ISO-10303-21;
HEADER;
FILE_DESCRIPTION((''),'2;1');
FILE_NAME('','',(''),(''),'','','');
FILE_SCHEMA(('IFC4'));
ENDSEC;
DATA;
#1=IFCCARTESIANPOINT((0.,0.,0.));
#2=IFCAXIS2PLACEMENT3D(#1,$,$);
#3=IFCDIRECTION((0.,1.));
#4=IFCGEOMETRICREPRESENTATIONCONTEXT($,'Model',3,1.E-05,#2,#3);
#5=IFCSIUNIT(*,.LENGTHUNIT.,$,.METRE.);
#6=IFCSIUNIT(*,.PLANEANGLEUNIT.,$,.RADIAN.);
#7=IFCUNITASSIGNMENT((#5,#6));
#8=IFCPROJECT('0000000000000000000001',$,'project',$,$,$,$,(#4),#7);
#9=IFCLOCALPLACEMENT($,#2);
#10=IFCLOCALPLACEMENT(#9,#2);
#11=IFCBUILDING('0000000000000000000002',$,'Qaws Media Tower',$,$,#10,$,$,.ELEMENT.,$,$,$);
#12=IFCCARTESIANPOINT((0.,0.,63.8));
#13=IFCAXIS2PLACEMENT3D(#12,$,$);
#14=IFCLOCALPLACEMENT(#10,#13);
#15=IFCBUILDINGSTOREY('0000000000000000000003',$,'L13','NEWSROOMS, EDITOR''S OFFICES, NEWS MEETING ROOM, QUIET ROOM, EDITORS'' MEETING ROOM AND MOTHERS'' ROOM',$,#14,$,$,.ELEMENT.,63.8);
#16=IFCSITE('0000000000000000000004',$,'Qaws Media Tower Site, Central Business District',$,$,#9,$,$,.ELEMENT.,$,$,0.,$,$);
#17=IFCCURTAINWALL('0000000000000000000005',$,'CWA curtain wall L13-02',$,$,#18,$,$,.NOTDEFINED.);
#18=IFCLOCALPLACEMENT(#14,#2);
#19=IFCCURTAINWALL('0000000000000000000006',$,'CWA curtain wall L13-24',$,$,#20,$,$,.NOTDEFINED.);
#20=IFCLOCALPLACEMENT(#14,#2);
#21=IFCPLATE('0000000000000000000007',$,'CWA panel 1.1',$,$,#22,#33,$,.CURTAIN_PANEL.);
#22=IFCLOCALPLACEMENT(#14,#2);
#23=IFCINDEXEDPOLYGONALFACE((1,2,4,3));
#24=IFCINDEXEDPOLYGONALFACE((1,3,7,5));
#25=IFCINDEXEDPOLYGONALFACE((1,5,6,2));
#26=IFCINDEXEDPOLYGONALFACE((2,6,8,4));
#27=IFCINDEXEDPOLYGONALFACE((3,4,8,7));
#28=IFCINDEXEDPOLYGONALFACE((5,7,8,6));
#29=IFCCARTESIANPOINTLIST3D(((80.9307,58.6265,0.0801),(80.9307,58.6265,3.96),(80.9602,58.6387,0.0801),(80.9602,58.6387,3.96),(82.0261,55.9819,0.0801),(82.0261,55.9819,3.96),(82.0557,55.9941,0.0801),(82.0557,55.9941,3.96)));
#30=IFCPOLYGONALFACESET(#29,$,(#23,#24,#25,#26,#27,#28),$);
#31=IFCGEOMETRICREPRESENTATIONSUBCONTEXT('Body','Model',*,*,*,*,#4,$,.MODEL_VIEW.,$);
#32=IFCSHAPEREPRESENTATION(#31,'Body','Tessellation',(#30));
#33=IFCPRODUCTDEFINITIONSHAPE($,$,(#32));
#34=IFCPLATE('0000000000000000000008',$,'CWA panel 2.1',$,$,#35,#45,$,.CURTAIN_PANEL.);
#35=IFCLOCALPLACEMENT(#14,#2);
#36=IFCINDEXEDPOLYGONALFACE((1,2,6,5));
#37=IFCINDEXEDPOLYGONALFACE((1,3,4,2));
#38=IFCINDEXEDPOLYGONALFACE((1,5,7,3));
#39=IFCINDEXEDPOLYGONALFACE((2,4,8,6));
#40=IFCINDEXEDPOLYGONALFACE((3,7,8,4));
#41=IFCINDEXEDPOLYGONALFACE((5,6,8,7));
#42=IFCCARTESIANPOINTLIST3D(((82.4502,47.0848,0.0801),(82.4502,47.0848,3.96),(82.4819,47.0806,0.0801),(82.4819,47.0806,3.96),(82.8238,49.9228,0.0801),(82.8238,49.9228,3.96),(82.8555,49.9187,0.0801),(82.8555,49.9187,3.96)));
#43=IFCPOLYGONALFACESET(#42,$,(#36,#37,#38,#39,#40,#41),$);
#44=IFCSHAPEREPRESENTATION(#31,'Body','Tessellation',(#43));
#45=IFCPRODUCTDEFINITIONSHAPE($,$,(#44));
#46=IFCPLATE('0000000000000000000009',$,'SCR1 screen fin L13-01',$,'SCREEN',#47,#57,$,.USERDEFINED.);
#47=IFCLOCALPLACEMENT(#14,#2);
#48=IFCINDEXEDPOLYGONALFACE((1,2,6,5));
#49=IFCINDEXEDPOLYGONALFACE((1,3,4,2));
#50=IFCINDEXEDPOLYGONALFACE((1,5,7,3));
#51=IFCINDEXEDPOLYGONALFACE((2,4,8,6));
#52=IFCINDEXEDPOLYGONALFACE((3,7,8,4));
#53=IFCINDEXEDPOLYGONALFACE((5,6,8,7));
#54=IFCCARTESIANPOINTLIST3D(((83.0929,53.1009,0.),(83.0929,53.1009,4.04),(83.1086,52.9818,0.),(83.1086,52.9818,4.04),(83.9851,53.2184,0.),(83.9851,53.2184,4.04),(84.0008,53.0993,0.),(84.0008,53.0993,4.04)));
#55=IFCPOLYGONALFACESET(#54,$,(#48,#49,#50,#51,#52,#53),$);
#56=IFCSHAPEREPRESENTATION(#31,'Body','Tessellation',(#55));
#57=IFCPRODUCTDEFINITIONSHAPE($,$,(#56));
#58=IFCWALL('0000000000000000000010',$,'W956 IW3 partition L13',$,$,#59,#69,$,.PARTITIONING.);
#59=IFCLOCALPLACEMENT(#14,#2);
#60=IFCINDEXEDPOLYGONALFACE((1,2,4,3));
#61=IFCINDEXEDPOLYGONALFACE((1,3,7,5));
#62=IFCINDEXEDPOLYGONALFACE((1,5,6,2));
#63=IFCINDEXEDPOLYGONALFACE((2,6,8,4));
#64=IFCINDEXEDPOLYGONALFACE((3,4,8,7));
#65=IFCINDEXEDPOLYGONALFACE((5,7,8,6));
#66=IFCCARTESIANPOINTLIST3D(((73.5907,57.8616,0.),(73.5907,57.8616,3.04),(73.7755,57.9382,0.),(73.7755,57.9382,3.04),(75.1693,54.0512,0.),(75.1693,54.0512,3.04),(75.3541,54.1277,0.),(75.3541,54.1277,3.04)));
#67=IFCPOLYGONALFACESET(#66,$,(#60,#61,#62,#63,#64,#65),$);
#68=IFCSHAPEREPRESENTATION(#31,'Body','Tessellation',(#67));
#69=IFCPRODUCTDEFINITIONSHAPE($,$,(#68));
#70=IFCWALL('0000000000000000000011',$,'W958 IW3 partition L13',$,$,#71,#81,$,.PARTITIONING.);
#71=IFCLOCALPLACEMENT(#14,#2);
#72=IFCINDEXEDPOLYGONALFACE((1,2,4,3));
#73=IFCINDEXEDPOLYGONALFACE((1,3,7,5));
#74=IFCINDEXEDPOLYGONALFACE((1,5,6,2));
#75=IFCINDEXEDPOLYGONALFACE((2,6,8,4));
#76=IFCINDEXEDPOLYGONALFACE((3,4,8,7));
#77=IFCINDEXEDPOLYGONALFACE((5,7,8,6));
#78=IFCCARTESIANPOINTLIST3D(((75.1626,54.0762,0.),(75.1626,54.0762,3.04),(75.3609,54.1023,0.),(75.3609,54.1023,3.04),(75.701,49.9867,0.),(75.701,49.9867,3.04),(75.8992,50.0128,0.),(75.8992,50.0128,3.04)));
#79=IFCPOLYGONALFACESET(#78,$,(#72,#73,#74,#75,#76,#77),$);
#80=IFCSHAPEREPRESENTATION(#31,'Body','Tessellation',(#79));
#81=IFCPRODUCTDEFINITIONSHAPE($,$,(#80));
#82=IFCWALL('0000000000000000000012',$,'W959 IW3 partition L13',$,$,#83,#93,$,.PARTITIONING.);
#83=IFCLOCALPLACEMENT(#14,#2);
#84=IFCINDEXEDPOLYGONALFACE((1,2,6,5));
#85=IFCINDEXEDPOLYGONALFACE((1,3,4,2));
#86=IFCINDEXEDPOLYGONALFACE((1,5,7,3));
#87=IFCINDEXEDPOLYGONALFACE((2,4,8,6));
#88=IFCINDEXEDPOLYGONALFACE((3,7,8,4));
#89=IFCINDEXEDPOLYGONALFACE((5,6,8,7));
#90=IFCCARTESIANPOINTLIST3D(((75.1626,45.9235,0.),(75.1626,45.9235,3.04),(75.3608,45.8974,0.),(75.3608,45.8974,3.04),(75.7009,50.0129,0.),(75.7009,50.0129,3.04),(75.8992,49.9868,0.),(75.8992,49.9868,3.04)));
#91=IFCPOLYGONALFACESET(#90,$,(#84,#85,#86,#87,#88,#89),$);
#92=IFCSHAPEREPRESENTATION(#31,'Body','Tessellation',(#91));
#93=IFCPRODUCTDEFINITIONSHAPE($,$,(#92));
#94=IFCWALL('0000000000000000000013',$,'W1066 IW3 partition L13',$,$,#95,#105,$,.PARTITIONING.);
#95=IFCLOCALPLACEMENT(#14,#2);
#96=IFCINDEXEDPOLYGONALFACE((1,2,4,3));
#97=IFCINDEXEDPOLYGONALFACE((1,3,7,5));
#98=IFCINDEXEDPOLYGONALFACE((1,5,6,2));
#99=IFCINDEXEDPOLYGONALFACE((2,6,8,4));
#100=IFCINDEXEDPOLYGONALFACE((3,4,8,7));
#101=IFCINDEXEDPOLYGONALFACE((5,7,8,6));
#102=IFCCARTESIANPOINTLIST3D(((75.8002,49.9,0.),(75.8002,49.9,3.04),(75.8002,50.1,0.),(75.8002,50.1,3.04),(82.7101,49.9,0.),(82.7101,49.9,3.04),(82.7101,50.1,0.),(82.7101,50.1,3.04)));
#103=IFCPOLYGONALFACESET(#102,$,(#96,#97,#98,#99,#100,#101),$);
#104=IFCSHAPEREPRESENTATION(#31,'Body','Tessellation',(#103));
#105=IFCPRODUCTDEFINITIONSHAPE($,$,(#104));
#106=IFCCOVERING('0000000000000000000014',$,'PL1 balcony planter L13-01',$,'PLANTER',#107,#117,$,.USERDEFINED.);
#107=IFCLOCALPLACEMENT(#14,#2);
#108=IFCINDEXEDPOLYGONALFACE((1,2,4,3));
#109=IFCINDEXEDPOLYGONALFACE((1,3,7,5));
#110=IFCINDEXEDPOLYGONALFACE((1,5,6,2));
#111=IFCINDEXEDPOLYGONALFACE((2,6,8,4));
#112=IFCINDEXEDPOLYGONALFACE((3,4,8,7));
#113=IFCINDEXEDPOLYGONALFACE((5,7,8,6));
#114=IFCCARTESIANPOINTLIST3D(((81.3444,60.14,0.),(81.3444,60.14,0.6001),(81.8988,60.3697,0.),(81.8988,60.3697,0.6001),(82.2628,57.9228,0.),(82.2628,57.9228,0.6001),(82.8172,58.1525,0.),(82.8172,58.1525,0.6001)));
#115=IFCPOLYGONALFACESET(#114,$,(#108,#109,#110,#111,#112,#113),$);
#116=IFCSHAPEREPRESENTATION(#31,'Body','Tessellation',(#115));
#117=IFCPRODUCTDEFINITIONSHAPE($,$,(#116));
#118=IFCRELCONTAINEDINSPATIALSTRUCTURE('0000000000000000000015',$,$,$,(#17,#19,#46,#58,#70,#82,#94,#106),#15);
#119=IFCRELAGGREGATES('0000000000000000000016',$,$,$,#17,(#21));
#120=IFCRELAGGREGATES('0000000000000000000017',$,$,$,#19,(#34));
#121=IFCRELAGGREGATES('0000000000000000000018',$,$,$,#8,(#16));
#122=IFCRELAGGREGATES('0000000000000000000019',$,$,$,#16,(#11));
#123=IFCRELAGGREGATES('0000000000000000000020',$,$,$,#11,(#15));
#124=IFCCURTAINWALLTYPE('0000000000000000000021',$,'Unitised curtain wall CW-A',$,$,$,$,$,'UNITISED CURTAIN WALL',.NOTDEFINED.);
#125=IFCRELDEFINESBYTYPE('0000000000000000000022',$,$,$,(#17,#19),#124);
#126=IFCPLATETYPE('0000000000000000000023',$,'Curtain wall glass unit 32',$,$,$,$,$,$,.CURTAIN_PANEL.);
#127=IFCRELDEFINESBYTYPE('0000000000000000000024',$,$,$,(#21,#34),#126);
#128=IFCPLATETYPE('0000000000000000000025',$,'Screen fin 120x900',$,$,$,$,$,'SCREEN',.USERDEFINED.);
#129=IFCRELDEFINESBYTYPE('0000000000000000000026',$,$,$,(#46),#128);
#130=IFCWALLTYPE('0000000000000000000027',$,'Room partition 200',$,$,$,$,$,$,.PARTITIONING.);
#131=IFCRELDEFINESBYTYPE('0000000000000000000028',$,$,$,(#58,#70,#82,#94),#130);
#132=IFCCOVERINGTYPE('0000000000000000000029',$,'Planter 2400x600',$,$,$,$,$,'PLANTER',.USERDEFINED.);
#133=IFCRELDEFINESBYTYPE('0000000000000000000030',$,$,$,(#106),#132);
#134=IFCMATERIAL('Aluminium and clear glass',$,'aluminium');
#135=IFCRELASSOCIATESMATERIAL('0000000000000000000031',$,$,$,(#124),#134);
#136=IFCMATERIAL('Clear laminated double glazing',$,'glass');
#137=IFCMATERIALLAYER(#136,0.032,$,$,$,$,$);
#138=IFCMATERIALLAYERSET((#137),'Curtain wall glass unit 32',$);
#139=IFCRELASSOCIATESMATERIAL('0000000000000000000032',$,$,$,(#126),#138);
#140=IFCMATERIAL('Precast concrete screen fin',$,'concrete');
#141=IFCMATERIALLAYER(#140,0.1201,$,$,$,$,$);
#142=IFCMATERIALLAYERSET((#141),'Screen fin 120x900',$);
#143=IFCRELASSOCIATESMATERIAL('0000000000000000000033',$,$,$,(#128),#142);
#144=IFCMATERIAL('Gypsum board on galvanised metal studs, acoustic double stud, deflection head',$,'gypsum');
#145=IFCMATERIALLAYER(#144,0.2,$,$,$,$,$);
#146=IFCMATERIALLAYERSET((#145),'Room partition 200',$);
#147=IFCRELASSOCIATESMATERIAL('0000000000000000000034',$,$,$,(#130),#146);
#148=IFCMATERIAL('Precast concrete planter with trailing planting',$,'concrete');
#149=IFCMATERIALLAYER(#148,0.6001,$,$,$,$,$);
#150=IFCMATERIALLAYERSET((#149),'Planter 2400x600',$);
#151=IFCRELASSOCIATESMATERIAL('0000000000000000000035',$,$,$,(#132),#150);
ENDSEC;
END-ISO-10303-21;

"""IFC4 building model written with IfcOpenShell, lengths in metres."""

from ifc_helpers import new_model, si_unit, direction, frame, frame_2d, origin, origin_2d, place, context, subcontext, project, spatial, rectangle, extrude, material, layer, layer_set, type_object, element, aggregate, save


model = new_model("IFC4")

# Units and contexts
model_context = context("Model", 3, precision=1e-05, world=origin(), true_north=direction((0.0, 1.0)))
body_context = subcontext(model_context, "Body", "Model", "MODEL_VIEW")
ifc_project = project(units=[si_unit("LENGTHUNIT", "METRE"), si_unit("PLANEANGLEUNIT", "RADIAN")], contexts=[model_context])

# Site, building, storey
site_placement = place(None, origin())
site = spatial("IfcSite", under=ifc_project, at=site_placement, Name="Qaws Media Tower Site, Central Business District", CompositionType="ELEMENT", RefElevation=0.0)
building_placement = place(site_placement, origin())
building = spatial("IfcBuilding", under=site, at=building_placement, Name="Qaws Media Tower", CompositionType="ELEMENT")
storey_placement = place(building_placement, frame((0.0, 0.0, 63.8)))
storey = spatial("IfcBuildingStorey", under=building, at=storey_placement, Name="L13", Description="NEWSROOMS, EDITOR'S OFFICES, NEWS MEETING ROOM, QUIET ROOM, EDITORS' MEETING ROOM AND MOTHERS' ROOM", CompositionType="ELEMENT", Elevation=63.8)

# Curtain wall
ifc_material_1 = material(Name="Aluminium and clear glass", Category="aluminium")
curtain_wall_type = type_object("IfcCurtainWallType", Name="Unitised curtain wall CW-A", ElementType="UNITISED CURTAIN WALL", PredefinedType="NOTDEFINED", material=ifc_material_1)
curtain_wall_1_placement = place(storey_placement, origin())
curtain_wall_1 = element("IfcCurtainWall", 1, at=curtain_wall_1_placement, inside=storey, type_object=curtain_wall_type, Name="CWA curtain wall L13-02", PredefinedType="NOTDEFINED")

# Curtain wall
curtain_wall_2_placement = place(storey_placement, origin())
curtain_wall_2 = element("IfcCurtainWall", 2, at=curtain_wall_2_placement, inside=storey, type_object=curtain_wall_type, Name="CWA curtain wall L13-24", PredefinedType="NOTDEFINED")

# Plates
ifc_material_2 = material(Name="Clear laminated double glazing", Category="glass")
ifc_layer_1 = layer(ifc_material_2, 0.032)
ifc_layer_set_1 = layer_set([ifc_layer_1], Name="Curtain wall glass unit 32")
plate_type_1 = type_object("IfcPlateType", Name="Curtain wall glass unit 32", PredefinedType="CURTAIN_PANEL", material=ifc_layer_set_1)
plate_1_placement = place(storey_placement, frame((81.4932, 57.3103, 0.0801), z_axis=(0.0, 0.0, 1.0), x_axis=(-0.382683, 0.92388, 0.0)))
plate_1 = element("IfcPlate", 3, at=plate_1_placement, type_object=plate_type_1, Name="CWA panel 1.1", PredefinedType="CURTAIN_PANEL", context=body_context, shape_type="SweptSolid", body=[
    extrude(rectangle(XDim=2.8625, YDim=0.032, at=origin_2d()), origin(), (0.0, 0.0, 1.0), 3.8799),
])
aggregate(curtain_wall_1, [plate_1])
plate_2_placement = place(storey_placement, frame((82.6528, 48.5017, 0.0801), z_axis=(0.0, 0.0, 1.0), x_axis=(0.130526, 0.991445, 0.0)))
plate_2 = element("IfcPlate", 4, at=plate_2_placement, type_object=plate_type_1, Name="CWA panel 2.1", PredefinedType="CURTAIN_PANEL", context=body_context, shape_type="SweptSolid", body=[
    extrude(rectangle(XDim=2.8625, YDim=0.032, at=origin_2d()), origin(), (0.0, 0.0, 1.0), 3.8799),
])
aggregate(curtain_wall_2, [plate_2])
ifc_material_3 = material(Name="Precast concrete screen fin", Category="concrete")
ifc_layer_2 = layer(ifc_material_3, 0.1201)
ifc_layer_set_2 = layer_set([ifc_layer_2], Name="Screen fin 120x900")
plate_type_2 = type_object("IfcPlateType", Name="Screen fin 120x900", ElementType="SCREEN", PredefinedType="USERDEFINED", material=ifc_layer_set_2)
plate_3_placement = place(storey_placement, frame((83.5469, 53.1001, 0.0), z_axis=(0.0, 0.0, 1.0), x_axis=(0.991445, 0.130526, 0.0)))
element("IfcPlate", 5, at=plate_3_placement, inside=storey, type_object=plate_type_2, Name="SCR1 screen fin L13-01", ObjectType="SCREEN", PredefinedType="USERDEFINED", context=body_context, shape_type="SweptSolid", body=[
    extrude(rectangle(XDim=0.8999, YDim=0.1201, at=origin_2d()), origin(), (0.0, 0.0, 1.0), 4.04),
])

# Walls
ifc_material_4 = material(Name="Gypsum board on galvanised metal studs, acoustic double stud, deflection head", Category="gypsum")
ifc_layer_3 = layer(ifc_material_4, 0.2)
ifc_layer_set_3 = layer_set([ifc_layer_3], Name="Room partition 200")
wall_type_1 = type_object("IfcWallType", Name="Room partition 200", PredefinedType="PARTITIONING", material=ifc_layer_set_3)
wall_1_placement = place(storey_placement, frame((73.6831, 57.8999, 0.0), z_axis=(0.0, 0.0, 1.0), x_axis=(0.382732, -0.92386, 0.0)))
element("IfcWall", 6, at=wall_1_placement, inside=storey, type_object=wall_type_1, Name="W956 IW3 partition L13", PredefinedType="PARTITIONING", context=body_context, shape_type="SweptSolid", body=[
    extrude(rectangle(XDim=4.1245, YDim=0.2, at=frame_2d((2.0623, 0.0))), origin(), (0.0, 0.0, 1.0), 3.04),
])
for number, where, z_axis, x_axis, name in (
    (7, (75.2617, 54.0894, 0.0), (0.0, 0.0, 1.0), (0.130516, -0.991446, 0.0), "W958 IW3 partition L13"),
    (8, (75.8, 50.0, 0.0), (0.0, 0.0, 1.0), (-0.130516, -0.991446, 0.0), "W959 IW3 partition L13"),
):
    element("IfcWall", number, at=place(storey_placement, frame(where, z_axis=z_axis, x_axis=x_axis)), inside=storey, type_object=wall_type_1, Name=name, PredefinedType="PARTITIONING", context=body_context, shape_type="SweptSolid", body=[
        extrude(rectangle(XDim=4.1248, YDim=0.2, at=frame_2d((2.0625, 0.0))), origin(), (0.0, 0.0, 1.0), 3.04),
    ])
wall_2_placement = place(storey_placement, frame((75.8, 50.0, 0.0), z_axis=(0.0, 0.0, 1.0), x_axis=(1.0, 0.0, 0.0)))
element("IfcWall", 9, at=wall_2_placement, inside=storey, type_object=wall_type_1, Name="W1066 IW3 partition L13", PredefinedType="PARTITIONING", context=body_context, shape_type="SweptSolid", body=[
    extrude(rectangle(XDim=6.9099, YDim=0.2, at=frame_2d((3.4551, 0.0))), origin(), (0.0, 0.0, 1.0), 3.04),
])

# Covering
ifc_material_5 = material(Name="Precast concrete planter with trailing planting", Category="concrete")
ifc_layer_4 = layer(ifc_material_5, 0.6001)
ifc_layer_set_4 = layer_set([ifc_layer_4], Name="Planter 2400x600")
covering_type = type_object("IfcCoveringType", Name="Planter 2400x600", ElementType="PLANTER", PredefinedType="USERDEFINED", material=ifc_layer_set_4)
covering_placement = place(storey_placement, frame((82.0808, 59.1462, 0.0), z_axis=(0.0, 0.0, 1.0), x_axis=(-0.382683, 0.92388, 0.0)))
element("IfcCovering", 10, at=covering_placement, inside=storey, type_object=covering_type, Name="PL1 balcony planter L13-01", ObjectType="PLANTER", PredefinedType="USERDEFINED", context=body_context, shape_type="SweptSolid", body=[
    extrude(rectangle(XDim=2.3999, YDim=0.6001, at=origin_2d()), origin(), (0.0, 0.0, 1.0), 0.6001),
])

save(model, "model.ifc")
